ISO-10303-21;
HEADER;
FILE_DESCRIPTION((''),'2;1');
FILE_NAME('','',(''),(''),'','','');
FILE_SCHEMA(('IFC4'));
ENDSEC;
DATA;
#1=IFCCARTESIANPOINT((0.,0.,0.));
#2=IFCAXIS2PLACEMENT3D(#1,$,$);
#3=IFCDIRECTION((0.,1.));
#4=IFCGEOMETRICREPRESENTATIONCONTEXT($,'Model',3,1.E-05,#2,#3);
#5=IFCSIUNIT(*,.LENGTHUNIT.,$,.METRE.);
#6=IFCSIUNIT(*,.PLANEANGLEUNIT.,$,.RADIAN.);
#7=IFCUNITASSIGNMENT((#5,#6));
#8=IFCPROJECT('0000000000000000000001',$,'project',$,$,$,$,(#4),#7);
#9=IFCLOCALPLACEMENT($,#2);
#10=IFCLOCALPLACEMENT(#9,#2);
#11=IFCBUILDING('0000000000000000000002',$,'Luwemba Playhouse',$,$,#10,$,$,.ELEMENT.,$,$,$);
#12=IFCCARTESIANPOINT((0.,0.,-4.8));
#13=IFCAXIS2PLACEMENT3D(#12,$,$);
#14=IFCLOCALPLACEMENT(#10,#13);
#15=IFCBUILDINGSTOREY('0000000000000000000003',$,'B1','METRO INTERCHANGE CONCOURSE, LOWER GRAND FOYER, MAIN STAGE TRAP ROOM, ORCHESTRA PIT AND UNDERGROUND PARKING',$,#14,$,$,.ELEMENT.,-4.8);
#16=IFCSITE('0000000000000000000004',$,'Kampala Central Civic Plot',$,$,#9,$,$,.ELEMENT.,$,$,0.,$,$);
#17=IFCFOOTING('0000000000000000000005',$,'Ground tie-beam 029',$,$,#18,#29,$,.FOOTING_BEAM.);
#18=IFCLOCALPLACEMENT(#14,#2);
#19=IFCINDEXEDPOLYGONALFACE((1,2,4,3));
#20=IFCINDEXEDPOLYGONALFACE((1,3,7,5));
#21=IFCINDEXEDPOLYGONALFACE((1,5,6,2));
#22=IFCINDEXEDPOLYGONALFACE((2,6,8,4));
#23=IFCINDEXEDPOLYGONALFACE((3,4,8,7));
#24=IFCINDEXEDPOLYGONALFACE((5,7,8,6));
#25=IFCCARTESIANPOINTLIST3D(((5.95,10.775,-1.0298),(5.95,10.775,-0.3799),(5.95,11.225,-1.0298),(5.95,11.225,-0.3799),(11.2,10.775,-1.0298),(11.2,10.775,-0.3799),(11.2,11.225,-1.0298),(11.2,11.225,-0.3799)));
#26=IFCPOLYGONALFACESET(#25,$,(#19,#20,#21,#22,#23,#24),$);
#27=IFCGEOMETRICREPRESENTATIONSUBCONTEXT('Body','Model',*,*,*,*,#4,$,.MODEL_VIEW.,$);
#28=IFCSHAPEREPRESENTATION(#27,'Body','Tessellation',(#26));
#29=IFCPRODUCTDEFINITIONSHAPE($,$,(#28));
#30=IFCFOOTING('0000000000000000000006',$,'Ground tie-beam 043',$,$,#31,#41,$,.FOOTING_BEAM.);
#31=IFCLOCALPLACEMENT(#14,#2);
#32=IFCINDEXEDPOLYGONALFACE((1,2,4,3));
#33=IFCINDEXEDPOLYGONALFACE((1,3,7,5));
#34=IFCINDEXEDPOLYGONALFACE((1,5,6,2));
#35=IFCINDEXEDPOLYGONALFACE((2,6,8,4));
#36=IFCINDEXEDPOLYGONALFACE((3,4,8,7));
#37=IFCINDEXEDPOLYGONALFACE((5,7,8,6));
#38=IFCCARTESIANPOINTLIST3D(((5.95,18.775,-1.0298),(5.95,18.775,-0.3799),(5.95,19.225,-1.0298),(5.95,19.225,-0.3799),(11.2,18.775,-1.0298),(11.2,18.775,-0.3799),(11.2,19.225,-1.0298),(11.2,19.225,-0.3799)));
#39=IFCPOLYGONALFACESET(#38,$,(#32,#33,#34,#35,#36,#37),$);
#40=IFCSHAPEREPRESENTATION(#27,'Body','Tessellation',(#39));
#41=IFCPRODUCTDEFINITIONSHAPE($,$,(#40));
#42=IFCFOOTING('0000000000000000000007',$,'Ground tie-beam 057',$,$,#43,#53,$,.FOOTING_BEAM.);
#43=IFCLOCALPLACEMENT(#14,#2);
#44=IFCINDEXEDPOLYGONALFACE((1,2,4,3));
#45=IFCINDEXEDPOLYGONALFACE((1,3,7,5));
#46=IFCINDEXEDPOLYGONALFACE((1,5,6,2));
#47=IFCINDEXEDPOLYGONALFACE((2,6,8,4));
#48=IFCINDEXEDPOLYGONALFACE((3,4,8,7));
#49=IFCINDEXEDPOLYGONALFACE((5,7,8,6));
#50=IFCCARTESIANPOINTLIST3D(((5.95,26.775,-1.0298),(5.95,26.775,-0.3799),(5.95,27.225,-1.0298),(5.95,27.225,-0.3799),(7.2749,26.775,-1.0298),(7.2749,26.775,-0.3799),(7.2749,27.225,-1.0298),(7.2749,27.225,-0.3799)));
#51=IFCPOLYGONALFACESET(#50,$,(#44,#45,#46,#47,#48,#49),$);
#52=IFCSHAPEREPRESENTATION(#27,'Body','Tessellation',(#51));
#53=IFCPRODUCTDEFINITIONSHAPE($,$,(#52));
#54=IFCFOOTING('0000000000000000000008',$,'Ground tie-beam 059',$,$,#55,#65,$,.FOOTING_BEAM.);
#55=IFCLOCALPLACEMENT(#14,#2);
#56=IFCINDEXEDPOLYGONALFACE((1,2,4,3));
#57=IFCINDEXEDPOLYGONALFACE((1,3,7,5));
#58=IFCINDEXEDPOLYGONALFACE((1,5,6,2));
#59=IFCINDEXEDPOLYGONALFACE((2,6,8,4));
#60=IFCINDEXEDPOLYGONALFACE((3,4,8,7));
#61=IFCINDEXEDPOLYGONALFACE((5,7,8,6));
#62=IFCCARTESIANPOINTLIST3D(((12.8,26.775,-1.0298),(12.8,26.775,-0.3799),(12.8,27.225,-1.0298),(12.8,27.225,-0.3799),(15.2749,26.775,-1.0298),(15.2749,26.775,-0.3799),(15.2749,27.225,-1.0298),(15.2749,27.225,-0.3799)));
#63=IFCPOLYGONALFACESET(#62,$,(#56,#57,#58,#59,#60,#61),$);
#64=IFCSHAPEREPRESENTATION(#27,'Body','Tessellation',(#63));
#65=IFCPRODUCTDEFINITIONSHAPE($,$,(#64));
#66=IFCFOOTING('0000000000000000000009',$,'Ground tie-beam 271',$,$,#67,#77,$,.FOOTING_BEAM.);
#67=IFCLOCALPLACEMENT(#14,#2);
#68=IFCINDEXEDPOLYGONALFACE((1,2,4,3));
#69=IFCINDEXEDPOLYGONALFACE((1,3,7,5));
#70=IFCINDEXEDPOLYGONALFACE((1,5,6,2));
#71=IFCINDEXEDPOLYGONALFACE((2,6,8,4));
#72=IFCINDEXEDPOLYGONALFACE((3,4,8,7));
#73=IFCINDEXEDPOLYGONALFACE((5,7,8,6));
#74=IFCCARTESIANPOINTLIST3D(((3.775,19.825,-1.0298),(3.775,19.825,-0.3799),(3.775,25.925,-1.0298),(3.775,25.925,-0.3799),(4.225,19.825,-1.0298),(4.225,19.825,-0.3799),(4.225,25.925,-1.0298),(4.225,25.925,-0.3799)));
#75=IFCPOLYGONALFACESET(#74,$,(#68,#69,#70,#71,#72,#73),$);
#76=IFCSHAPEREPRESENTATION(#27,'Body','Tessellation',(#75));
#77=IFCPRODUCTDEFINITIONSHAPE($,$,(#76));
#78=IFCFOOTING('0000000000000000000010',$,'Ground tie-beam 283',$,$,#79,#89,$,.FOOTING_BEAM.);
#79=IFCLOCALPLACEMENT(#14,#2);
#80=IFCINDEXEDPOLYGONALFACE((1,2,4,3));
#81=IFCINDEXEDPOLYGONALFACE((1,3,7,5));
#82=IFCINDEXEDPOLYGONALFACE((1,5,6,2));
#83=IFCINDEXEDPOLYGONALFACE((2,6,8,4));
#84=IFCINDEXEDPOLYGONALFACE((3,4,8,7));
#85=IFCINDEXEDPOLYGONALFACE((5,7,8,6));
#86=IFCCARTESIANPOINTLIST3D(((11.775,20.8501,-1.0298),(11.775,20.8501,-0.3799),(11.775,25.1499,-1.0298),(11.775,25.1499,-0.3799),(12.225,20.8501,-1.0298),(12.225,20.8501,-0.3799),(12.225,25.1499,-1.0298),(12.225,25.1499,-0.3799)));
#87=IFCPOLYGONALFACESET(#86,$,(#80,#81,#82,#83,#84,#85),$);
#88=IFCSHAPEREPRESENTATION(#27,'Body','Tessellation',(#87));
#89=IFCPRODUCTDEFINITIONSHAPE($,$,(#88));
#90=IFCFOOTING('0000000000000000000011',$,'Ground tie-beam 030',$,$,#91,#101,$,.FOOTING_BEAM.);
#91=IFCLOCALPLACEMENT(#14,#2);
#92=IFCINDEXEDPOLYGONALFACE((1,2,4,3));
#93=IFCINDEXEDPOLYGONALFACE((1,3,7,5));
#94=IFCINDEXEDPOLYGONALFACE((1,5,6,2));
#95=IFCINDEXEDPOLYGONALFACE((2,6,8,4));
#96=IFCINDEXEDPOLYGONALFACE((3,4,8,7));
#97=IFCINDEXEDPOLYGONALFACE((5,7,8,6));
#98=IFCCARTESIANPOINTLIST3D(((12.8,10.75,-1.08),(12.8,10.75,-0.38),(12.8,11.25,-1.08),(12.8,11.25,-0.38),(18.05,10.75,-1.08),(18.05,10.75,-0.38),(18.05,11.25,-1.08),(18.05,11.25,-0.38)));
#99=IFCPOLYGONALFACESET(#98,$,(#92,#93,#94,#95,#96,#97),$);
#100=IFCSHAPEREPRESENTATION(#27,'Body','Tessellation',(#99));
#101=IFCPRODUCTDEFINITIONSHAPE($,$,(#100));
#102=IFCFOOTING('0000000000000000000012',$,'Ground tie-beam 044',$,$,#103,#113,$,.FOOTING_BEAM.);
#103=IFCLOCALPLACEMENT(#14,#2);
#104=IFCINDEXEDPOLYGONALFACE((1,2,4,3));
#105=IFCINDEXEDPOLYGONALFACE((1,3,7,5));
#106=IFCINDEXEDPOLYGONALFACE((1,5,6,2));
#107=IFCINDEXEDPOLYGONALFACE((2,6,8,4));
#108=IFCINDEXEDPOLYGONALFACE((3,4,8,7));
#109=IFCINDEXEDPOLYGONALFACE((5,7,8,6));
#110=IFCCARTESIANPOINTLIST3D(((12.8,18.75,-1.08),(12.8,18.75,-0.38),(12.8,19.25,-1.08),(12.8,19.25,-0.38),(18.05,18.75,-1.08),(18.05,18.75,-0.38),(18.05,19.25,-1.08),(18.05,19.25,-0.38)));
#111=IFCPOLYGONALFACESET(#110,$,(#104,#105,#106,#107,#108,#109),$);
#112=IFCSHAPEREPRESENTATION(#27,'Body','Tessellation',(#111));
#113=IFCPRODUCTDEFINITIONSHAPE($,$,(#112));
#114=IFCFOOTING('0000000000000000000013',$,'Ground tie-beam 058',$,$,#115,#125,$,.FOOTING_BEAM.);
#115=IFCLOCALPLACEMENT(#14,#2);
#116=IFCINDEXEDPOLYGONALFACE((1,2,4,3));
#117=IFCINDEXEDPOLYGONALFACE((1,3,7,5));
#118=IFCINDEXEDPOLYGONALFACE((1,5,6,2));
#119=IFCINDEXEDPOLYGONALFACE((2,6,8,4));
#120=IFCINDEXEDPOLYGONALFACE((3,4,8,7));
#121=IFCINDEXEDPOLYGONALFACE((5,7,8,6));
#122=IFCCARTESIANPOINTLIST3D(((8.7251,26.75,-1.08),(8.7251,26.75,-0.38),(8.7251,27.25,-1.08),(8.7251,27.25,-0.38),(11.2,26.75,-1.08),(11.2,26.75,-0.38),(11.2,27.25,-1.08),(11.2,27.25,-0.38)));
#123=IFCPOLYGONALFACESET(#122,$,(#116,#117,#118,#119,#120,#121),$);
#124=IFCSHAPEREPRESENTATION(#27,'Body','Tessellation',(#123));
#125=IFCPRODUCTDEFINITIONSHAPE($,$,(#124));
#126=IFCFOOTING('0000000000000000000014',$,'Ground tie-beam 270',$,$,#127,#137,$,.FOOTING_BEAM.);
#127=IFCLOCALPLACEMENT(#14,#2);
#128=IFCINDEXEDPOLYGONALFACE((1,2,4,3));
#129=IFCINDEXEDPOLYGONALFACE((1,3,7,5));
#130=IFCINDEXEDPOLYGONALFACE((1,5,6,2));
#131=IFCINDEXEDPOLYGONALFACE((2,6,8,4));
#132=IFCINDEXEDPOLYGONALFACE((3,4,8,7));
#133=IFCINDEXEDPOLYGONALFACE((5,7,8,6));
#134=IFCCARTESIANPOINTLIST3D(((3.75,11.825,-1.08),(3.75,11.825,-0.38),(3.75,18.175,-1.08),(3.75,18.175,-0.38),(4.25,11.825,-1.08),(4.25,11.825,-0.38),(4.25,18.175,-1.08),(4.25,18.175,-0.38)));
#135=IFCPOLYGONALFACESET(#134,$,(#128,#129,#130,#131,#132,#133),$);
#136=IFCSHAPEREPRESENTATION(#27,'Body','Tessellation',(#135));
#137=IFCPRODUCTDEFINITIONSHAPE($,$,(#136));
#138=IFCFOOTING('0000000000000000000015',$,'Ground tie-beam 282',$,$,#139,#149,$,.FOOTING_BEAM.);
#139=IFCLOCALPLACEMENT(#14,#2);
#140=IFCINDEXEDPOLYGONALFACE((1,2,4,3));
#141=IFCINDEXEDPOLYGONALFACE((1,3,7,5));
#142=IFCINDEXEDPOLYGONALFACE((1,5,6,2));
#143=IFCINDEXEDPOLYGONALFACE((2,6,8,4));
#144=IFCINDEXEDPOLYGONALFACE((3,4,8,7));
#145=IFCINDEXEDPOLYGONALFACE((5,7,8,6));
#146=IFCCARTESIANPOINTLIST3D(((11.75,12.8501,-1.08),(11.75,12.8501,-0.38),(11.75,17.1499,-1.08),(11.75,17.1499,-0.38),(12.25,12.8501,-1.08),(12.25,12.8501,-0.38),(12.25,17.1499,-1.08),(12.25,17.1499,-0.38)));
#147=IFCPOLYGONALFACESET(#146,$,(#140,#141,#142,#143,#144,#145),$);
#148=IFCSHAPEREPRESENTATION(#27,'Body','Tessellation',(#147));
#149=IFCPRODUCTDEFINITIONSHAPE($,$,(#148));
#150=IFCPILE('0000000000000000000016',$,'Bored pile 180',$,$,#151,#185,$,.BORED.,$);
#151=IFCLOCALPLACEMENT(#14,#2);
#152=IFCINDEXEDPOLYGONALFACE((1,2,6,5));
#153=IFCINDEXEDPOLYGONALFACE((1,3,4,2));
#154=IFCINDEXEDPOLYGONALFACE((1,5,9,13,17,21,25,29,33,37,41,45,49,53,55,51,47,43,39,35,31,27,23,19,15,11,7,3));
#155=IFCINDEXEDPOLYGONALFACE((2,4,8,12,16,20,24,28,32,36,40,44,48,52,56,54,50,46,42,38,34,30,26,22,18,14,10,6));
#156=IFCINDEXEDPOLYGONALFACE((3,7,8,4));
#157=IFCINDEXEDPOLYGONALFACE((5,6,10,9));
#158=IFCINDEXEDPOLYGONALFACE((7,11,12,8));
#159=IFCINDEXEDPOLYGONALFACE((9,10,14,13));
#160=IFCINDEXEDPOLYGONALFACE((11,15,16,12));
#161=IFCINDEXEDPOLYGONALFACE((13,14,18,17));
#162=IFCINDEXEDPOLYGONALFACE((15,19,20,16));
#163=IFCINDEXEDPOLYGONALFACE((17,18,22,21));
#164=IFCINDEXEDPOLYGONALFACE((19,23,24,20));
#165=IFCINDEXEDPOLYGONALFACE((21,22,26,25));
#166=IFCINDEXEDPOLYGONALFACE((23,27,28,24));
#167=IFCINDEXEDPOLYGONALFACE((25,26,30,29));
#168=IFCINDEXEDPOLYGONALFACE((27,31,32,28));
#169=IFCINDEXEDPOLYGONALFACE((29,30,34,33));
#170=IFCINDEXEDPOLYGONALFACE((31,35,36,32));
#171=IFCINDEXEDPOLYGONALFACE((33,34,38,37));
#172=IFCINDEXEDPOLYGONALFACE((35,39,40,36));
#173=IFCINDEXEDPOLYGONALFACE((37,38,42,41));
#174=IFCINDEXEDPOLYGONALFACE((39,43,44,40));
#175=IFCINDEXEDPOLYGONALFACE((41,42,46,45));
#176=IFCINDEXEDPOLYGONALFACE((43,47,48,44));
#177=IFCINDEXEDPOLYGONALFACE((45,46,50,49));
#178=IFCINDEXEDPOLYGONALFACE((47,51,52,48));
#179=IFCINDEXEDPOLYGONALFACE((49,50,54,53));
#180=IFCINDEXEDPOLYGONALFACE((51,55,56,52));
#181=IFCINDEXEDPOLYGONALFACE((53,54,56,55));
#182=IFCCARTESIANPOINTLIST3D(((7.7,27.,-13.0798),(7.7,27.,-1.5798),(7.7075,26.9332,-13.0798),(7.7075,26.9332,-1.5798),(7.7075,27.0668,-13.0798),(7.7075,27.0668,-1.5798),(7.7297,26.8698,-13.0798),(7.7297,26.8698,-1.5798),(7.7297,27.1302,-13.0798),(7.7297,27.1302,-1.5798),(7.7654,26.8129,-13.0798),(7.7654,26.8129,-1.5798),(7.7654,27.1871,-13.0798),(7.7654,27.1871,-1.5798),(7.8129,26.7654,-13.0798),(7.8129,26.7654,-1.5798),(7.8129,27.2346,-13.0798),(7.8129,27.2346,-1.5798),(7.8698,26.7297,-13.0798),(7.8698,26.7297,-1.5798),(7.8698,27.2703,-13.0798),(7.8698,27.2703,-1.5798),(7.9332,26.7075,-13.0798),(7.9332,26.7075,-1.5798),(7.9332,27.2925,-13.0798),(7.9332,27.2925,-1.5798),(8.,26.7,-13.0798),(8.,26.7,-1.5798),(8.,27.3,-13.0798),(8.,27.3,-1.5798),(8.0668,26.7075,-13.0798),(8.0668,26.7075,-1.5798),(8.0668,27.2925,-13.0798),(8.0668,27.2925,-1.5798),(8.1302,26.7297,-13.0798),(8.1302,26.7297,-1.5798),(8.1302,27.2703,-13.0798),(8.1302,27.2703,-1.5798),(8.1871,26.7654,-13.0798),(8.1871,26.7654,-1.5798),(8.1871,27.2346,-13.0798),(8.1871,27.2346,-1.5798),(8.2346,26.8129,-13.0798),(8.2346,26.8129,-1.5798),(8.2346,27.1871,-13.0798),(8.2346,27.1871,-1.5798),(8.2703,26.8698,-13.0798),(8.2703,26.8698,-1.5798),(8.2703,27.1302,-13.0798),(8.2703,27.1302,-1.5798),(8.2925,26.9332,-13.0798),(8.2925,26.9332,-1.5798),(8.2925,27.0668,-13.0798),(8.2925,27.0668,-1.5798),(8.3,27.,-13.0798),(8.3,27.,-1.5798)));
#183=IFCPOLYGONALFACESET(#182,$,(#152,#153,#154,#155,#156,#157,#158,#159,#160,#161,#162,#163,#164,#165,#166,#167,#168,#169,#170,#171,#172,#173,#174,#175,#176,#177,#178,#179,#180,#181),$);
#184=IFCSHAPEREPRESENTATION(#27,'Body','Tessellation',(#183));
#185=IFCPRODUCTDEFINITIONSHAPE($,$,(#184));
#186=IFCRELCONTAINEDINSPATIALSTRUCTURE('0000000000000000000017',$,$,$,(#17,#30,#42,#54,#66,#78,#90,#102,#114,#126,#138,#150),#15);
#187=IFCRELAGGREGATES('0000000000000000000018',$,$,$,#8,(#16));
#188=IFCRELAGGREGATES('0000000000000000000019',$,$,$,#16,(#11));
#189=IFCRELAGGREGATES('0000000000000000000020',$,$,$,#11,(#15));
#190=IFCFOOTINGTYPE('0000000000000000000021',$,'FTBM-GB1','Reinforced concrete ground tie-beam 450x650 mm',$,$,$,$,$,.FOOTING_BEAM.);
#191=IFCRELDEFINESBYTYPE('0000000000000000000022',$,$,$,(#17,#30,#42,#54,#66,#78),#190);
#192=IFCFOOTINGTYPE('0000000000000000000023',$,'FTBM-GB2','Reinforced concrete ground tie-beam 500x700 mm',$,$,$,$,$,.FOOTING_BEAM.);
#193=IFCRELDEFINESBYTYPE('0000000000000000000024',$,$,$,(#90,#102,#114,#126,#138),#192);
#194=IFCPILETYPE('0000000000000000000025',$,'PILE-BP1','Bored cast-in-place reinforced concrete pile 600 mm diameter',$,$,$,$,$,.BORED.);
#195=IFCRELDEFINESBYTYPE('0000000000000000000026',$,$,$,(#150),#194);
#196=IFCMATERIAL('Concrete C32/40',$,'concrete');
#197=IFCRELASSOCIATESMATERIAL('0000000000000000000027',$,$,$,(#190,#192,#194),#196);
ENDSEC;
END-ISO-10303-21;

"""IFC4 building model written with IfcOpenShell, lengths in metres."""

from ifc_helpers import new_model, si_unit, direction, frame, origin, origin_2d, place, context, subcontext, project, spatial, rectangle, circle, extrude, material, material_profile, profile_set, type_object, element, save


model = new_model("IFC4")

# Units and contexts
model_context = context("Model", 3, precision=1e-05, world=origin(), true_north=direction((0.0, 1.0)))
body_context = subcontext(model_context, "Body", "Model", "MODEL_VIEW")
ifc_project = project(units=[si_unit("LENGTHUNIT", "METRE"), si_unit("PLANEANGLEUNIT", "RADIAN")], contexts=[model_context])

# Site, building, storey
site_placement = place(None, origin())
site = spatial("IfcSite", under=ifc_project, at=site_placement, Name="Kampala Central Civic Plot", CompositionType="ELEMENT", RefElevation=0.0)
building_placement = place(site_placement, origin())
building = spatial("IfcBuilding", under=site, at=building_placement, Name="Luwemba Playhouse", CompositionType="ELEMENT")
storey_placement = place(building_placement, frame((0.0, 0.0, -4.8)))
storey = spatial("IfcBuildingStorey", under=building, at=storey_placement, Name="B1", Description="METRO INTERCHANGE CONCOURSE, LOWER GRAND FOYER, MAIN STAGE TRAP ROOM, ORCHESTRA PIT AND UNDERGROUND PARKING", CompositionType="ELEMENT", Elevation=-4.8)

# Footings
ifc_material_1 = material(Name="Concrete C32/40", Category="concrete")
ifc_material_profile_1 = material_profile(ifc_material_1, rectangle(XDim=0.45, YDim=0.6499, at=origin_2d()))
ifc_profile_set_1 = profile_set([ifc_material_profile_1], Name="Concrete C32/40")
footing_type_1 = type_object("IfcFootingType", Name="FTBM-GB1", Description="Reinforced concrete ground tie-beam 450x650 mm", PredefinedType="FOOTING_BEAM", material=ifc_profile_set_1)
for number, where, z_axis, x_axis, name in (
    (1, (5.95, 11.0, -0.7048), (1.0, 0.0, 0.0), (0.0, 1.0, 0.0), "Ground tie-beam 029"),
    (2, (5.95, 19.0, -0.7048), (1.0, 0.0, 0.0), (0.0, 1.0, 0.0), "Ground tie-beam 043"),
):
    element("IfcFooting", number, at=place(storey_placement, frame(where, z_axis=z_axis, x_axis=x_axis)), inside=storey, type_object=footing_type_1, Name=name, PredefinedType="FOOTING_BEAM", context=body_context, shape_type="SweptSolid", body=[
        extrude(rectangle(XDim=0.45, YDim=0.6499, at=origin_2d()), origin(), (0.0, 0.0, 1.0), 5.25),
    ])
footing_1_placement = place(storey_placement, frame((5.95, 27.0, -0.7048), z_axis=(1.0, 0.0, 0.0), x_axis=(0.0, 1.0, 0.0)))
element("IfcFooting", 3, at=footing_1_placement, inside=storey, type_object=footing_type_1, Name="Ground tie-beam 057", PredefinedType="FOOTING_BEAM", context=body_context, shape_type="SweptSolid", body=[
    extrude(rectangle(XDim=0.45, YDim=0.6499, at=origin_2d()), origin(), (0.0, 0.0, 1.0), 1.325),
])
footing_2_placement = place(storey_placement, frame((12.8, 27.0, -0.7048), z_axis=(1.0, 0.0, 0.0), x_axis=(0.0, 1.0, 0.0)))
element("IfcFooting", 4, at=footing_2_placement, inside=storey, type_object=footing_type_1, Name="Ground tie-beam 059", PredefinedType="FOOTING_BEAM", context=body_context, shape_type="SweptSolid", body=[
    extrude(rectangle(XDim=0.45, YDim=0.6499, at=origin_2d()), origin(), (0.0, 0.0, 1.0), 2.4749),
])
footing_3_placement = place(storey_placement, frame((4.0, 19.825, -0.7048), z_axis=(0.0, 1.0, 0.0), x_axis=(-1.0, 0.0, 0.0)))
element("IfcFooting", 5, at=footing_3_placement, inside=storey, type_object=footing_type_1, Name="Ground tie-beam 271", PredefinedType="FOOTING_BEAM", context=body_context, shape_type="SweptSolid", body=[
    extrude(rectangle(XDim=0.45, YDim=0.6499, at=origin_2d()), origin(), (0.0, 0.0, 1.0), 6.1001),
])
footing_4_placement = place(storey_placement, frame((12.0, 20.8501, -0.7048), z_axis=(0.0, 1.0, 0.0), x_axis=(-1.0, 0.0, 0.0)))
element("IfcFooting", 6, at=footing_4_placement, inside=storey, type_object=footing_type_1, Name="Ground tie-beam 283", PredefinedType="FOOTING_BEAM", context=body_context, shape_type="SweptSolid", body=[
    extrude(rectangle(XDim=0.45, YDim=0.6499, at=origin_2d()), origin(), (0.0, 0.0, 1.0), 4.2998),
])
ifc_material_profile_2 = material_profile(ifc_material_1, rectangle(XDim=0.5, YDim=0.7, at=origin_2d()))
ifc_profile_set_2 = profile_set([ifc_material_profile_2], Name="Concrete C32/40")
footing_type_2 = type_object("IfcFootingType", Name="FTBM-GB2", Description="Reinforced concrete ground tie-beam 500x700 mm", PredefinedType="FOOTING_BEAM", material=ifc_profile_set_2)
for number, where, z_axis, x_axis, name in (
    (7, (12.8, 11.0, -0.73), (1.0, 0.0, 0.0), (0.0, 1.0, 0.0), "Ground tie-beam 030"),
    (8, (12.8, 19.0, -0.73), (1.0, 0.0, 0.0), (0.0, 1.0, 0.0), "Ground tie-beam 044"),
):
    element("IfcFooting", number, at=place(storey_placement, frame(where, z_axis=z_axis, x_axis=x_axis)), inside=storey, type_object=footing_type_2, Name=name, PredefinedType="FOOTING_BEAM", context=body_context, shape_type="SweptSolid", body=[
        extrude(rectangle(XDim=0.5, YDim=0.7, at=origin_2d()), origin(), (0.0, 0.0, 1.0), 5.25),
    ])
footing_5_placement = place(storey_placement, frame((8.7251, 27.0, -0.73), z_axis=(1.0, 0.0, 0.0), x_axis=(0.0, 1.0, 0.0)))
element("IfcFooting", 9, at=footing_5_placement, inside=storey, type_object=footing_type_2, Name="Ground tie-beam 058", PredefinedType="FOOTING_BEAM", context=body_context, shape_type="SweptSolid", body=[
    extrude(rectangle(XDim=0.5, YDim=0.7, at=origin_2d()), origin(), (0.0, 0.0, 1.0), 2.4749),
])
footing_6_placement = place(storey_placement, frame((4.0, 11.825, -0.73), z_axis=(0.0, 1.0, 0.0), x_axis=(-1.0, 0.0, 0.0)))
element("IfcFooting", 10, at=footing_6_placement, inside=storey, type_object=footing_type_2, Name="Ground tie-beam 270", PredefinedType="FOOTING_BEAM", context=body_context, shape_type="SweptSolid", body=[
    extrude(rectangle(XDim=0.5, YDim=0.7, at=origin_2d()), origin(), (0.0, 0.0, 1.0), 6.3501),
])
footing_7_placement = place(storey_placement, frame((12.0, 12.8501, -0.73), z_axis=(0.0, 1.0, 0.0), x_axis=(-1.0, 0.0, 0.0)))
element("IfcFooting", 11, at=footing_7_placement, inside=storey, type_object=footing_type_2, Name="Ground tie-beam 282", PredefinedType="FOOTING_BEAM", context=body_context, shape_type="SweptSolid", body=[
    extrude(rectangle(XDim=0.5, YDim=0.7, at=origin_2d()), origin(), (0.0, 0.0, 1.0), 4.2998),
])

# Pile
ifc_material_profile_3 = material_profile(ifc_material_1, circle(Radius=0.3, at=origin_2d()))
ifc_profile_set_3 = profile_set([ifc_material_profile_3], Name="Concrete C32/40")
pile_type_1 = type_object("IfcPileType", Name="PILE-BP1", Description="Bored cast-in-place reinforced concrete pile 600 mm diameter", PredefinedType="BORED", material=ifc_profile_set_3)
for number, where, z_axis, x_axis, name in (
    (12, (8.0, 27.0, -1.5798), (0.0, 0.0, -1.0), (1.0, 0.0, 0.0), "Bored pile 180"),
):
    element("IfcPile", number, at=place(storey_placement, frame(where, z_axis=z_axis, x_axis=x_axis)), inside=storey, type_object=pile_type_1, Name=name, PredefinedType="BORED", context=body_context, shape_type="SweptSolid", body=[
        extrude(circle(Radius=0.3, at=origin_2d()), origin(), (0.0, 0.0, 1.0), 11.5),
    ])

save(model, "model.ifc")
